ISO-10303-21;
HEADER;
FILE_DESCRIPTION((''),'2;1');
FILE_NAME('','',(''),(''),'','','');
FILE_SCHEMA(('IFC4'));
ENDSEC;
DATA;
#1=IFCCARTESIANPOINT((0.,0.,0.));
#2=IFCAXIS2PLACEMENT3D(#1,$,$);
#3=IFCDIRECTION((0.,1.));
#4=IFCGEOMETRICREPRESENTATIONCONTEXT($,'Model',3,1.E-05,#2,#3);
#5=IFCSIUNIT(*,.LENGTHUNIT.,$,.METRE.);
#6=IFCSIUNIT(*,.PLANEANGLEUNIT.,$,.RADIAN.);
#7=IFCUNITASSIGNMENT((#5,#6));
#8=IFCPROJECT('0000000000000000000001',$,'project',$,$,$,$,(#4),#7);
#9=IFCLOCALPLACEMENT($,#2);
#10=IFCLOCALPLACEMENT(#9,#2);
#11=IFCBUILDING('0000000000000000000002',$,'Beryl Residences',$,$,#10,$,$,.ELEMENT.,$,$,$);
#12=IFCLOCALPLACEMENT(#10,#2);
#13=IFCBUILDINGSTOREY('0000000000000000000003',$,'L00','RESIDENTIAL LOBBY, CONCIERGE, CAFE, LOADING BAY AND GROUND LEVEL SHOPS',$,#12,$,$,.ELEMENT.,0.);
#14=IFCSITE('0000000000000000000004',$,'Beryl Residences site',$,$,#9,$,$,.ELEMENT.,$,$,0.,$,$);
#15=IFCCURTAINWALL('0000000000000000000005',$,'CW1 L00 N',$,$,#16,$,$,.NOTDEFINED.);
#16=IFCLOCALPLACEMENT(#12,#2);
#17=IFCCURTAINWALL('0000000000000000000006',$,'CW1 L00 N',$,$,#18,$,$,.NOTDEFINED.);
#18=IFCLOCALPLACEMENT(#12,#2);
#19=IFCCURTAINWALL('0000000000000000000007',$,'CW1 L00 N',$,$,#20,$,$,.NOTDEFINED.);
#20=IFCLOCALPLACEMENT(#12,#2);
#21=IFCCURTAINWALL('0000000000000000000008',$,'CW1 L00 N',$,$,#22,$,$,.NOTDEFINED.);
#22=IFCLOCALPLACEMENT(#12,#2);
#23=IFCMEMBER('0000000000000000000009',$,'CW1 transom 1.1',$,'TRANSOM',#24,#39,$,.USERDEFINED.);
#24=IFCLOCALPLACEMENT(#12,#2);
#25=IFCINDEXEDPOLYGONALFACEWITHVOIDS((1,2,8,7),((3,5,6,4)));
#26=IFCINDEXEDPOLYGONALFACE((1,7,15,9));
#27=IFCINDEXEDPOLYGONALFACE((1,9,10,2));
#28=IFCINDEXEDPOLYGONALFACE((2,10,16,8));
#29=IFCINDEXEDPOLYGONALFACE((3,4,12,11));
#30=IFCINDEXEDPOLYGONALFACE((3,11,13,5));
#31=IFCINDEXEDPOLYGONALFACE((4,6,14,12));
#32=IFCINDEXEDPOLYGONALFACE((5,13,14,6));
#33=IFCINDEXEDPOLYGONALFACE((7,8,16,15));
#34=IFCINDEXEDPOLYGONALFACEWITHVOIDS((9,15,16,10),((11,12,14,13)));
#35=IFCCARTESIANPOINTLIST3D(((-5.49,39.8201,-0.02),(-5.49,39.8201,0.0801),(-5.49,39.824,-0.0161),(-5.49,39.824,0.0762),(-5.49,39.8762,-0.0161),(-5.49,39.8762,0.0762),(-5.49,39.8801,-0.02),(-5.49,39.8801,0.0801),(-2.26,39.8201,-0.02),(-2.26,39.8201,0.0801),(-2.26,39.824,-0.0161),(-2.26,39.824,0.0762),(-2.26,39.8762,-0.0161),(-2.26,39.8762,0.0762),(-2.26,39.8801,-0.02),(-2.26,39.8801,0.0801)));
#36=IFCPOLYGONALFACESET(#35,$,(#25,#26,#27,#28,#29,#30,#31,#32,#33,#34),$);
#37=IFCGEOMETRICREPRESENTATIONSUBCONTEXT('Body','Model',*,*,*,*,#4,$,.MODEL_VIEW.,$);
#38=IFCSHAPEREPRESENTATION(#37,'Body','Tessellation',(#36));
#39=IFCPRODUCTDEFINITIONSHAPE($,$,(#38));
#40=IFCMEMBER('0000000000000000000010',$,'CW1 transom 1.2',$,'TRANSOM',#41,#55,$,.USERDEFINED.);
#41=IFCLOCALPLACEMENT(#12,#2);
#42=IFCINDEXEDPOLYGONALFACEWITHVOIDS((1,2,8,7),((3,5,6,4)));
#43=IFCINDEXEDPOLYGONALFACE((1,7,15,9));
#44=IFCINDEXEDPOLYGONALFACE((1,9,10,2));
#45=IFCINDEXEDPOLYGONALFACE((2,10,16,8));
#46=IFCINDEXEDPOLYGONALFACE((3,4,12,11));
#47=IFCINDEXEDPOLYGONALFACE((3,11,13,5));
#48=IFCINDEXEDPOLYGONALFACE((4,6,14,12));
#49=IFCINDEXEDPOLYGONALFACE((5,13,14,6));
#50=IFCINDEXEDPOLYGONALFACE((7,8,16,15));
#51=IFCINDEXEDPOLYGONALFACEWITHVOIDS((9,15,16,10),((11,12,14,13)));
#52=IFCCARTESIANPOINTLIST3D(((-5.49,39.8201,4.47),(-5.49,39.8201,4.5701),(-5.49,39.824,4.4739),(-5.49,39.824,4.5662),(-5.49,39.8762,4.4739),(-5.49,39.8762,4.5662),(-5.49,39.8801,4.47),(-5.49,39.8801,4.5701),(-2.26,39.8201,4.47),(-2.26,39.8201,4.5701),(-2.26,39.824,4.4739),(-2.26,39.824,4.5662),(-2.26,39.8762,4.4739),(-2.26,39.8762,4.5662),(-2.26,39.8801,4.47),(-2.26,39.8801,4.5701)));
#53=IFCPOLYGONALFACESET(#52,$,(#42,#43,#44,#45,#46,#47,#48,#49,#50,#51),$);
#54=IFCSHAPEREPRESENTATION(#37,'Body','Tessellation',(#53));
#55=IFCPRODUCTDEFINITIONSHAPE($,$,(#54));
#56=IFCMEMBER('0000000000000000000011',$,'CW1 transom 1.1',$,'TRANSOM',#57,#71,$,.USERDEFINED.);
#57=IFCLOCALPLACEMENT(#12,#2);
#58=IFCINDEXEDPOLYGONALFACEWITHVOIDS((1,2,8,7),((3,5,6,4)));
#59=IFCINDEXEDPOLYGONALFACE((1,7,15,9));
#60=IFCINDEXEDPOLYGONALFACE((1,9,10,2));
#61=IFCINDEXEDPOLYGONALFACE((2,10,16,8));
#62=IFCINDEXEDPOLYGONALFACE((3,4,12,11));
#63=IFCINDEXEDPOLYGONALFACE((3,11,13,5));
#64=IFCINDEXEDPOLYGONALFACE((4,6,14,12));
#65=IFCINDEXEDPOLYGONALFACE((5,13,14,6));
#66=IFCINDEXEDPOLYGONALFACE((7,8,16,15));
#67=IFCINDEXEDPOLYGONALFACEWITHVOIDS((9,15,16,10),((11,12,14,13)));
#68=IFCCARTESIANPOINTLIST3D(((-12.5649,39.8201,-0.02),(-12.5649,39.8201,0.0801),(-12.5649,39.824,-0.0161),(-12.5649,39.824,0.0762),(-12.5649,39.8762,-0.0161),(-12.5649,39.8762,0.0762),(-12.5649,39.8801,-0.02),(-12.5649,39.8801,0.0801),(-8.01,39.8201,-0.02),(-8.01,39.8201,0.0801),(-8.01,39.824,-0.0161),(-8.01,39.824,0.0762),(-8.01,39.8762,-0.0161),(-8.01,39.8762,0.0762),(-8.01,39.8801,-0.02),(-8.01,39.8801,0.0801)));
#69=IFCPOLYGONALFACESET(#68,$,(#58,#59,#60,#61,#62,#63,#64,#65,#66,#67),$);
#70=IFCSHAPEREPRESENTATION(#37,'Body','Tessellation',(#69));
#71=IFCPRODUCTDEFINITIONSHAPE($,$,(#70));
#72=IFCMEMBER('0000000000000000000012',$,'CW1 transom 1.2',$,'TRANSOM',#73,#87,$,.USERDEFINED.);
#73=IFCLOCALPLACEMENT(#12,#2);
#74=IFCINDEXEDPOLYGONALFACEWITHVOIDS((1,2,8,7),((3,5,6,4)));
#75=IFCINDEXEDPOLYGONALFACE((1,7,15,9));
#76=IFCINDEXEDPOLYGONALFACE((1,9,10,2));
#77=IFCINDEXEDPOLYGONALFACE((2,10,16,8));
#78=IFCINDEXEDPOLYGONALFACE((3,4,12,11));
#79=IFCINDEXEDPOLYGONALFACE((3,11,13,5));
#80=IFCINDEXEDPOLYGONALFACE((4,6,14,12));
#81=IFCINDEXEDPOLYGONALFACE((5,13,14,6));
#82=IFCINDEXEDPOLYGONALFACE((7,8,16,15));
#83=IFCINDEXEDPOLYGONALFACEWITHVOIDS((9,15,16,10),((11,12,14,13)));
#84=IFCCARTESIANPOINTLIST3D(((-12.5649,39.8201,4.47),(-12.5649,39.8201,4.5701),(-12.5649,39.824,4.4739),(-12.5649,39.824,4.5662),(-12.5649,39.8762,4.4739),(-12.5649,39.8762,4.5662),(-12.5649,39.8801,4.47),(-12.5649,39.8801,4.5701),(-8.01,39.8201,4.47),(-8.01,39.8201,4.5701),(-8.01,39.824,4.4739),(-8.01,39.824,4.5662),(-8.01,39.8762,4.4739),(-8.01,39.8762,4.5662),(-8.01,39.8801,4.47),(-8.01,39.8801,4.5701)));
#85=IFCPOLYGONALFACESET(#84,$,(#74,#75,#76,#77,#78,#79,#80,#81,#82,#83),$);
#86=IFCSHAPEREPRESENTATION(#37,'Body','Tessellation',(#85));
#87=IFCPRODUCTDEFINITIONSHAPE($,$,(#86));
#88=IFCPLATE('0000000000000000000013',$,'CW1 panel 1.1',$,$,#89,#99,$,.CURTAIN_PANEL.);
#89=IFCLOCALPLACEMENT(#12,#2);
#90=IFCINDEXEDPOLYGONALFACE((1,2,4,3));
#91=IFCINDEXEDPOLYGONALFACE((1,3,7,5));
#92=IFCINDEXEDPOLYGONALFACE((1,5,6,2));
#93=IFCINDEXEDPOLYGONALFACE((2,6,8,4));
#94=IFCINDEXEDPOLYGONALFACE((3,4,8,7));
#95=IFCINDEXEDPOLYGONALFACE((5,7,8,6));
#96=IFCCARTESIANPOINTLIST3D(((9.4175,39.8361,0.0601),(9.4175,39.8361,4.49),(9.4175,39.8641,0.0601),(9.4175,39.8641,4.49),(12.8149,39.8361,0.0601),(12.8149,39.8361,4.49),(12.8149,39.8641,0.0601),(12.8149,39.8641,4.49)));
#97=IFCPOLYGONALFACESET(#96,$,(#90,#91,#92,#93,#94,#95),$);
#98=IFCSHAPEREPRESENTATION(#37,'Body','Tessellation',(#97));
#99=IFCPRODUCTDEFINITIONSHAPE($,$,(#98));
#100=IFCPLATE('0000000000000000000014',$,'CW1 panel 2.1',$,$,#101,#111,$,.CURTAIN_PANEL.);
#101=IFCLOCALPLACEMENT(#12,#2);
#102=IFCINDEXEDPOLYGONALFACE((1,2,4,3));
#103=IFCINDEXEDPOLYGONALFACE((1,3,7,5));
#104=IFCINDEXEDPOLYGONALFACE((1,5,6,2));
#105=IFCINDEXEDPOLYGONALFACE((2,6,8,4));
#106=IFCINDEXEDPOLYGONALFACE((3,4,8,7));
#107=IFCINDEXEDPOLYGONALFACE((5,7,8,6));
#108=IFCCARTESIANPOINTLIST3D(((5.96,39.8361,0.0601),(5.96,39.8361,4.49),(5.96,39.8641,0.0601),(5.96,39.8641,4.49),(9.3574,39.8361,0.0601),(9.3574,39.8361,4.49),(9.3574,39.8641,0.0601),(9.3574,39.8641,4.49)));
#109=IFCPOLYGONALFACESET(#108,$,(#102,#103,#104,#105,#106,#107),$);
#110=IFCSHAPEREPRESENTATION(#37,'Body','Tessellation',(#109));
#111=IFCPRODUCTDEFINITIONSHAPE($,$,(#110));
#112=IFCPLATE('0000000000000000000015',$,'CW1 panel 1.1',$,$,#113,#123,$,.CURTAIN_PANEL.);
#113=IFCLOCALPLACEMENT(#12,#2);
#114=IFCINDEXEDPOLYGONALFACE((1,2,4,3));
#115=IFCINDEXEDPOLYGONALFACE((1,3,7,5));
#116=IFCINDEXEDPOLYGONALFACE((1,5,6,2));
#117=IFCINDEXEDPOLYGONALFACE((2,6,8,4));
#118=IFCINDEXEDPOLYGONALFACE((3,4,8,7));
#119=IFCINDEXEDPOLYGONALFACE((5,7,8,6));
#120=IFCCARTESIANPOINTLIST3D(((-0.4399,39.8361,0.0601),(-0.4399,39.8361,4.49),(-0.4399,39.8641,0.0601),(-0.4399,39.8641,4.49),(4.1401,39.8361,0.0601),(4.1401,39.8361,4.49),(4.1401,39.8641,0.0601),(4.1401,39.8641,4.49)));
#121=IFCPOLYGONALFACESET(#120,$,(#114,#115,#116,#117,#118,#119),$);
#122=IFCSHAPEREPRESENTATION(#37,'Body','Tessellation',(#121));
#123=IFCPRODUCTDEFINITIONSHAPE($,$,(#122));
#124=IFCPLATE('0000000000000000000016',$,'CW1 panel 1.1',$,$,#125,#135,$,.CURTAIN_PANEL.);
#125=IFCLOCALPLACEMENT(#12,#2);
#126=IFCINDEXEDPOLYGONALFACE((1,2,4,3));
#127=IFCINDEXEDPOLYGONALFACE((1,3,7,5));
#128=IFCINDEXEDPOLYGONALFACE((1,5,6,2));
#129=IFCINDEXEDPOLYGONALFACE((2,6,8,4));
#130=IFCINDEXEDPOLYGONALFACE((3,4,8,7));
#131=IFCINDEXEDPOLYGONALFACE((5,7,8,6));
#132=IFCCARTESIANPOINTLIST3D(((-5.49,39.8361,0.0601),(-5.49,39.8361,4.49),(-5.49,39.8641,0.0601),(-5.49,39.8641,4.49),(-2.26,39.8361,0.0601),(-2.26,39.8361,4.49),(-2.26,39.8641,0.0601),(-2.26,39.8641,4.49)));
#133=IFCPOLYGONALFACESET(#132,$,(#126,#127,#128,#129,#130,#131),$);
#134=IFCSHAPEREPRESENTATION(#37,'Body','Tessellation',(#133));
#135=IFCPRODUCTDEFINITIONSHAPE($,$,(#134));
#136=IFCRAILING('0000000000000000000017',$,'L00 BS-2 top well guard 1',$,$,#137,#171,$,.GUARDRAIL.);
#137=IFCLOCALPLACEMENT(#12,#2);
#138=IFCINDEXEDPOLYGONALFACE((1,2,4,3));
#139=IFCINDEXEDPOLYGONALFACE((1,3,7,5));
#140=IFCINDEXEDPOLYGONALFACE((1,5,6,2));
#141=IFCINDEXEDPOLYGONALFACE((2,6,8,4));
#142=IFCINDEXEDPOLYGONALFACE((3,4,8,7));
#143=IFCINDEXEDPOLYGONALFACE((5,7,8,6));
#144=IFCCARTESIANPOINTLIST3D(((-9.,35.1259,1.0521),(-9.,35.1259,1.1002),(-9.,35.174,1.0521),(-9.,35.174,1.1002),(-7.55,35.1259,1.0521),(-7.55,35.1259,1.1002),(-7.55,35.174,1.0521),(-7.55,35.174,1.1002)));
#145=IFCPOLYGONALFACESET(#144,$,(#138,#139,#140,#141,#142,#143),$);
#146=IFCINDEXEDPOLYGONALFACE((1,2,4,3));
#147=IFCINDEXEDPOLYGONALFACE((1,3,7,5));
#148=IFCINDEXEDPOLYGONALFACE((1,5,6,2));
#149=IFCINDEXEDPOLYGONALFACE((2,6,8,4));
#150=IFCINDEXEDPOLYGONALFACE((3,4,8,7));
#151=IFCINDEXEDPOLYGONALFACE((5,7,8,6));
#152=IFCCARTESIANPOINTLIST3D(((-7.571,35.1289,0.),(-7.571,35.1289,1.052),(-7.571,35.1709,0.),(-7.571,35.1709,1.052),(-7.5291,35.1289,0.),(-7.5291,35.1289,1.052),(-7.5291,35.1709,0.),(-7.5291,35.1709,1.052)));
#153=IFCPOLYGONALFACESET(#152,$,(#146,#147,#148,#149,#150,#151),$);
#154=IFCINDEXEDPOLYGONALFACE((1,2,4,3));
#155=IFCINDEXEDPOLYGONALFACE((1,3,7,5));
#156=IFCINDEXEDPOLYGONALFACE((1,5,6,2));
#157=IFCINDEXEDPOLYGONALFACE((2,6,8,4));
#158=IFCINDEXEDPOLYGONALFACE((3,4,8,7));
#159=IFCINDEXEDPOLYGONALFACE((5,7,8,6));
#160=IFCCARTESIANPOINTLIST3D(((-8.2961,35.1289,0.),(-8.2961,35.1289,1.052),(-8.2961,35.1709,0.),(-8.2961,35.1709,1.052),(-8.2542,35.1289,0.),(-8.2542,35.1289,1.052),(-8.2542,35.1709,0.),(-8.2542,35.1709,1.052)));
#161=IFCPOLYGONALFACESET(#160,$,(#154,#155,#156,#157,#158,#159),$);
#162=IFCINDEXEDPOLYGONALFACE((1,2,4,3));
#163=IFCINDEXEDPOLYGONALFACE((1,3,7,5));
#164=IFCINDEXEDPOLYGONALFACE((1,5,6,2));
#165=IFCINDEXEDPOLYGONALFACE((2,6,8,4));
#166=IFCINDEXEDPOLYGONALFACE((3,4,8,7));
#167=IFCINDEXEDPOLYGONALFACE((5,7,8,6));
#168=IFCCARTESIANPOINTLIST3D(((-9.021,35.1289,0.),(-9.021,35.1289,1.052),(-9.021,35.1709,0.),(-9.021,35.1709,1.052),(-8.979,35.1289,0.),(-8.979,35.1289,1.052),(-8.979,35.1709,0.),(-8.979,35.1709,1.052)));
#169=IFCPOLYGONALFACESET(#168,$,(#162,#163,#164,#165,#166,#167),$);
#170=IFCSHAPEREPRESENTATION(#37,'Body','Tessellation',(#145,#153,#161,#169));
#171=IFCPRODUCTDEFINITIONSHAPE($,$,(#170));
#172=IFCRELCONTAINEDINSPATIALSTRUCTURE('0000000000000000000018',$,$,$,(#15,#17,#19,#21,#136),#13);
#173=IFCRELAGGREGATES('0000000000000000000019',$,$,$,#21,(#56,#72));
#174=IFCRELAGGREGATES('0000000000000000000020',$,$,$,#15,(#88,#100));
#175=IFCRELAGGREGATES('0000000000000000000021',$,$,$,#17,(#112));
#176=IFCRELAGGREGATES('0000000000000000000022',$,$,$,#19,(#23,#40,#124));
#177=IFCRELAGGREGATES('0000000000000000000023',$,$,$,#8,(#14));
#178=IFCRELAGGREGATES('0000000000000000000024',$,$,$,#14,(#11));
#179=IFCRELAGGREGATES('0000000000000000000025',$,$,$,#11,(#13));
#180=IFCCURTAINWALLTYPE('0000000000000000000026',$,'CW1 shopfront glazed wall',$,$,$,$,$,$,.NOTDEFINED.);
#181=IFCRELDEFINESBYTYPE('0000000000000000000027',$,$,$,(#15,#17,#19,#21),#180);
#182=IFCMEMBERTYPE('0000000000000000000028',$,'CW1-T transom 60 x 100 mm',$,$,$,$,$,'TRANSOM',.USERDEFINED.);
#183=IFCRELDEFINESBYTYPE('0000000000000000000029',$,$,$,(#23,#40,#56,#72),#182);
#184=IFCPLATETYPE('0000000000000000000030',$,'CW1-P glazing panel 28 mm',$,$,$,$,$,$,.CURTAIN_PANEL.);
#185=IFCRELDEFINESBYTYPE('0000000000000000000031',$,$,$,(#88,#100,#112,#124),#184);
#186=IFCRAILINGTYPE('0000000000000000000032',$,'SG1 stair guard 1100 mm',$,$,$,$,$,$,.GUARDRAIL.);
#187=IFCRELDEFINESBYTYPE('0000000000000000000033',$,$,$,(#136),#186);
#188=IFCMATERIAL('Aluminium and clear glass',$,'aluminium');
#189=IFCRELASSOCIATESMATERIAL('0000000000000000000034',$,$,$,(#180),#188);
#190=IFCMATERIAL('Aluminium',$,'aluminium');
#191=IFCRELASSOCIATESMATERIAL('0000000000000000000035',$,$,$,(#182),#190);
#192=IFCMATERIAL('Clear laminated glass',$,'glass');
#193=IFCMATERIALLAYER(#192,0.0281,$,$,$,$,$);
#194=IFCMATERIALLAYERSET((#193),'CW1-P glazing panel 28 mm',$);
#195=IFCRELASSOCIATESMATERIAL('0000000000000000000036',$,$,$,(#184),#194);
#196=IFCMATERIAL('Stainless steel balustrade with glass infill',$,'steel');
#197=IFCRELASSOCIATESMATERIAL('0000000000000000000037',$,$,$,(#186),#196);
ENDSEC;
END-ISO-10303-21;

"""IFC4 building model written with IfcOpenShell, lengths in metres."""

from ifc_helpers import new_model, si_unit, direction, frame, origin, origin_2d, place, context, subcontext, project, spatial, rectangle, hollow_rectangle, extrude, material, layer, layer_set, material_profile, profile_set, type_object, element, aggregate, save


model = new_model("IFC4")

# Units and contexts
model_context = context("Model", 3, precision=1e-05, world=origin(), true_north=direction((0.0, 1.0)))
body_context = subcontext(model_context, "Body", "Model", "MODEL_VIEW")
ifc_project = project(units=[si_unit("LENGTHUNIT", "METRE"), si_unit("PLANEANGLEUNIT", "RADIAN")], contexts=[model_context])

# Site, building, storey
site_placement = place(None, origin())
site = spatial("IfcSite", under=ifc_project, at=site_placement, Name="Beryl Residences site", CompositionType="ELEMENT", RefElevation=0.0)
building_placement = place(site_placement, origin())
building = spatial("IfcBuilding", under=site, at=building_placement, Name="Beryl Residences", CompositionType="ELEMENT")
storey_placement = place(building_placement, origin())
storey = spatial("IfcBuildingStorey", under=building, at=storey_placement, Name="L00", Description="RESIDENTIAL LOBBY, CONCIERGE, CAFE, LOADING BAY AND GROUND LEVEL SHOPS", CompositionType="ELEMENT", Elevation=0.0)

# Curtain walls
ifc_material_1 = material(Name="Aluminium and clear glass", Category="aluminium")
curtain_wall_type = type_object("IfcCurtainWallType", Name="CW1 shopfront glazed wall", PredefinedType="NOTDEFINED", material=ifc_material_1)
curtain_wall_1_placement = place(storey_placement, origin())
curtain_wall_1 = element("IfcCurtainWall", 1, at=curtain_wall_1_placement, inside=storey, type_object=curtain_wall_type, Name="CW1 L00 N", PredefinedType="NOTDEFINED")
curtain_wall_2_placement = place(storey_placement, origin())
curtain_wall_2 = element("IfcCurtainWall", 2, at=curtain_wall_2_placement, inside=storey, type_object=curtain_wall_type, Name="CW1 L00 N", PredefinedType="NOTDEFINED")
curtain_wall_3_placement = place(storey_placement, origin())
curtain_wall_3 = element("IfcCurtainWall", 3, at=curtain_wall_3_placement, inside=storey, type_object=curtain_wall_type, Name="CW1 L00 N", PredefinedType="NOTDEFINED")

# Curtain wall
curtain_wall_4_placement = place(storey_placement, origin())
curtain_wall_4 = element("IfcCurtainWall", 4, at=curtain_wall_4_placement, inside=storey, type_object=curtain_wall_type, Name="CW1 L00 N", PredefinedType="NOTDEFINED")

# Members
ifc_material_2 = material(Name="Aluminium", Category="aluminium")
ifc_material_profile_1 = material_profile(ifc_material_2, hollow_rectangle(XDim=0.0601, YDim=0.1001, WallThickness=0.0039, at=origin_2d()))
ifc_profile_set_1 = profile_set([ifc_material_profile_1], Name="Aluminium")
member_type_1 = type_object("IfcMemberType", Name="CW1-T transom 60 x 100 mm", ElementType="TRANSOM", PredefinedType="USERDEFINED", material=ifc_profile_set_1)
member_1_placement = place(storey_placement, frame((-2.26, 39.8501, 0.03), z_axis=(-1.0, 0.0, 0.0), x_axis=(0.0, -1.0, 0.0)))
member_1 = element("IfcMember", 5, at=member_1_placement, type_object=member_type_1, Name="CW1 transom 1.1", ObjectType="TRANSOM", PredefinedType="USERDEFINED", context=body_context, shape_type="SweptSolid", body=[
    extrude(hollow_rectangle(XDim=0.0601, YDim=0.1001, WallThickness=0.0039, at=origin_2d()), origin(), (0.0, 0.0, 1.0), 3.23),
])
member_2_placement = place(storey_placement, frame((-2.26, 39.8501, 4.52), z_axis=(-1.0, 0.0, 0.0), x_axis=(0.0, -1.0, 0.0)))
member_2 = element("IfcMember", 6, at=member_2_placement, type_object=member_type_1, Name="CW1 transom 1.2", ObjectType="TRANSOM", PredefinedType="USERDEFINED", context=body_context, shape_type="SweptSolid", body=[
    extrude(hollow_rectangle(XDim=0.0601, YDim=0.1001, WallThickness=0.0039, at=origin_2d()), origin(), (0.0, 0.0, 1.0), 3.23),
])
member_3_placement = place(storey_placement, frame((-8.01, 39.8501, 0.03), z_axis=(-1.0, 0.0, 0.0), x_axis=(0.0, -1.0, 0.0)))
member_3 = element("IfcMember", 7, at=member_3_placement, type_object=member_type_1, Name="CW1 transom 1.1", ObjectType="TRANSOM", PredefinedType="USERDEFINED", context=body_context, shape_type="SweptSolid", body=[
    extrude(hollow_rectangle(XDim=0.0601, YDim=0.1001, WallThickness=0.0039, at=origin_2d()), origin(), (0.0, 0.0, 1.0), 4.5549),
])
member_4_placement = place(storey_placement, frame((-8.01, 39.8501, 4.52), z_axis=(-1.0, 0.0, 0.0), x_axis=(0.0, -1.0, 0.0)))
member_4 = element("IfcMember", 8, at=member_4_placement, type_object=member_type_1, Name="CW1 transom 1.2", ObjectType="TRANSOM", PredefinedType="USERDEFINED", context=body_context, shape_type="SweptSolid", body=[
    extrude(hollow_rectangle(XDim=0.0601, YDim=0.1001, WallThickness=0.0039, at=origin_2d()), origin(), (0.0, 0.0, 1.0), 4.5549),
])
aggregate(curtain_wall_4, [member_3, member_4])

# Plates
ifc_material_3 = material(Name="Clear laminated glass", Category="glass")
ifc_layer_1 = layer(ifc_material_3, 0.0281)
ifc_layer_set_1 = layer_set([ifc_layer_1], Name="CW1-P glazing panel 28 mm")
plate_type = type_object("IfcPlateType", Name="CW1-P glazing panel 28 mm", PredefinedType="CURTAIN_PANEL", material=ifc_layer_set_1)
plate_1_placement = place(storey_placement, frame((11.1162, 39.8501, 0.0601), z_axis=(0.0, 0.0, 1.0), x_axis=(-1.0, 0.0, 0.0)))
plate_1 = element("IfcPlate", 9, at=plate_1_placement, type_object=plate_type, Name="CW1 panel 1.1", PredefinedType="CURTAIN_PANEL", context=body_context, shape_type="SweptSolid", body=[
    extrude(rectangle(XDim=3.3975, YDim=0.0281, at=origin_2d()), origin(), (0.0, 0.0, 1.0), 4.4299),
])
plate_2_placement = place(storey_placement, frame((7.6587, 39.8501, 0.0601), z_axis=(0.0, 0.0, 1.0), x_axis=(-1.0, 0.0, 0.0)))
plate_2 = element("IfcPlate", 10, at=plate_2_placement, type_object=plate_type, Name="CW1 panel 2.1", PredefinedType="CURTAIN_PANEL", context=body_context, shape_type="SweptSolid", body=[
    extrude(rectangle(XDim=3.3975, YDim=0.0281, at=origin_2d()), origin(), (0.0, 0.0, 1.0), 4.4299),
])
aggregate(curtain_wall_1, [plate_1, plate_2])
plate_3_placement = place(storey_placement, frame((1.8501, 39.8501, 0.0601), z_axis=(0.0, 0.0, 1.0), x_axis=(-1.0, 0.0, 0.0)))
plate_3 = element("IfcPlate", 11, at=plate_3_placement, type_object=plate_type, Name="CW1 panel 1.1", PredefinedType="CURTAIN_PANEL", context=body_context, shape_type="SweptSolid", body=[
    extrude(rectangle(XDim=4.5801, YDim=0.0281, at=origin_2d()), origin(), (0.0, 0.0, 1.0), 4.4299),
])
aggregate(curtain_wall_2, [plate_3])
plate_4_placement = place(storey_placement, frame((-3.875, 39.8501, 0.0601), z_axis=(0.0, 0.0, 1.0), x_axis=(-1.0, 0.0, 0.0)))
plate_4 = element("IfcPlate", 12, at=plate_4_placement, type_object=plate_type, Name="CW1 panel 1.1", PredefinedType="CURTAIN_PANEL", context=body_context, shape_type="SweptSolid", body=[
    extrude(rectangle(XDim=3.23, YDim=0.0281, at=origin_2d()), origin(), (0.0, 0.0, 1.0), 4.4299),
])
aggregate(curtain_wall_3, [member_1, member_2, plate_4])

# Railing
ifc_material_4 = material(Name="Stainless steel balustrade with glass infill", Category="steel")
railing_type = type_object("IfcRailingType", Name="SG1 stair guard 1100 mm", PredefinedType="GUARDRAIL", material=ifc_material_4)
railing_placement = place(storey_placement, frame((-7.55, 35.1499, 0.0)))
element("IfcRailing", 13, at=railing_placement, inside=storey, type_object=railing_type, Name="L00 BS-2 top well guard 1", PredefinedType="GUARDRAIL", context=body_context, shape_type="SweptSolid", body=[
    extrude(rectangle(XDim=0.0481, YDim=0.0481, at=origin_2d()), frame((0.0, 0.0, 1.0762), z_axis=(-1.0, 0.0, 0.0), x_axis=(0.0, -1.0, 0.0)), (0.0, 0.0, 1.0), 1.45),
    extrude(rectangle(XDim=0.042, YDim=0.042, at=origin_2d()), origin(), (0.0, 0.0, 1.0), 1.052),
    extrude(rectangle(XDim=0.042, YDim=0.042, at=origin_2d()), frame((-0.7251, 0.0, 0.0)), (0.0, 0.0, 1.0), 1.052),
    extrude(rectangle(XDim=0.042, YDim=0.042, at=origin_2d()), frame((-1.45, 0.0, 0.0)), (0.0, 0.0, 1.0), 1.052),
])

save(model, "model.ifc")
